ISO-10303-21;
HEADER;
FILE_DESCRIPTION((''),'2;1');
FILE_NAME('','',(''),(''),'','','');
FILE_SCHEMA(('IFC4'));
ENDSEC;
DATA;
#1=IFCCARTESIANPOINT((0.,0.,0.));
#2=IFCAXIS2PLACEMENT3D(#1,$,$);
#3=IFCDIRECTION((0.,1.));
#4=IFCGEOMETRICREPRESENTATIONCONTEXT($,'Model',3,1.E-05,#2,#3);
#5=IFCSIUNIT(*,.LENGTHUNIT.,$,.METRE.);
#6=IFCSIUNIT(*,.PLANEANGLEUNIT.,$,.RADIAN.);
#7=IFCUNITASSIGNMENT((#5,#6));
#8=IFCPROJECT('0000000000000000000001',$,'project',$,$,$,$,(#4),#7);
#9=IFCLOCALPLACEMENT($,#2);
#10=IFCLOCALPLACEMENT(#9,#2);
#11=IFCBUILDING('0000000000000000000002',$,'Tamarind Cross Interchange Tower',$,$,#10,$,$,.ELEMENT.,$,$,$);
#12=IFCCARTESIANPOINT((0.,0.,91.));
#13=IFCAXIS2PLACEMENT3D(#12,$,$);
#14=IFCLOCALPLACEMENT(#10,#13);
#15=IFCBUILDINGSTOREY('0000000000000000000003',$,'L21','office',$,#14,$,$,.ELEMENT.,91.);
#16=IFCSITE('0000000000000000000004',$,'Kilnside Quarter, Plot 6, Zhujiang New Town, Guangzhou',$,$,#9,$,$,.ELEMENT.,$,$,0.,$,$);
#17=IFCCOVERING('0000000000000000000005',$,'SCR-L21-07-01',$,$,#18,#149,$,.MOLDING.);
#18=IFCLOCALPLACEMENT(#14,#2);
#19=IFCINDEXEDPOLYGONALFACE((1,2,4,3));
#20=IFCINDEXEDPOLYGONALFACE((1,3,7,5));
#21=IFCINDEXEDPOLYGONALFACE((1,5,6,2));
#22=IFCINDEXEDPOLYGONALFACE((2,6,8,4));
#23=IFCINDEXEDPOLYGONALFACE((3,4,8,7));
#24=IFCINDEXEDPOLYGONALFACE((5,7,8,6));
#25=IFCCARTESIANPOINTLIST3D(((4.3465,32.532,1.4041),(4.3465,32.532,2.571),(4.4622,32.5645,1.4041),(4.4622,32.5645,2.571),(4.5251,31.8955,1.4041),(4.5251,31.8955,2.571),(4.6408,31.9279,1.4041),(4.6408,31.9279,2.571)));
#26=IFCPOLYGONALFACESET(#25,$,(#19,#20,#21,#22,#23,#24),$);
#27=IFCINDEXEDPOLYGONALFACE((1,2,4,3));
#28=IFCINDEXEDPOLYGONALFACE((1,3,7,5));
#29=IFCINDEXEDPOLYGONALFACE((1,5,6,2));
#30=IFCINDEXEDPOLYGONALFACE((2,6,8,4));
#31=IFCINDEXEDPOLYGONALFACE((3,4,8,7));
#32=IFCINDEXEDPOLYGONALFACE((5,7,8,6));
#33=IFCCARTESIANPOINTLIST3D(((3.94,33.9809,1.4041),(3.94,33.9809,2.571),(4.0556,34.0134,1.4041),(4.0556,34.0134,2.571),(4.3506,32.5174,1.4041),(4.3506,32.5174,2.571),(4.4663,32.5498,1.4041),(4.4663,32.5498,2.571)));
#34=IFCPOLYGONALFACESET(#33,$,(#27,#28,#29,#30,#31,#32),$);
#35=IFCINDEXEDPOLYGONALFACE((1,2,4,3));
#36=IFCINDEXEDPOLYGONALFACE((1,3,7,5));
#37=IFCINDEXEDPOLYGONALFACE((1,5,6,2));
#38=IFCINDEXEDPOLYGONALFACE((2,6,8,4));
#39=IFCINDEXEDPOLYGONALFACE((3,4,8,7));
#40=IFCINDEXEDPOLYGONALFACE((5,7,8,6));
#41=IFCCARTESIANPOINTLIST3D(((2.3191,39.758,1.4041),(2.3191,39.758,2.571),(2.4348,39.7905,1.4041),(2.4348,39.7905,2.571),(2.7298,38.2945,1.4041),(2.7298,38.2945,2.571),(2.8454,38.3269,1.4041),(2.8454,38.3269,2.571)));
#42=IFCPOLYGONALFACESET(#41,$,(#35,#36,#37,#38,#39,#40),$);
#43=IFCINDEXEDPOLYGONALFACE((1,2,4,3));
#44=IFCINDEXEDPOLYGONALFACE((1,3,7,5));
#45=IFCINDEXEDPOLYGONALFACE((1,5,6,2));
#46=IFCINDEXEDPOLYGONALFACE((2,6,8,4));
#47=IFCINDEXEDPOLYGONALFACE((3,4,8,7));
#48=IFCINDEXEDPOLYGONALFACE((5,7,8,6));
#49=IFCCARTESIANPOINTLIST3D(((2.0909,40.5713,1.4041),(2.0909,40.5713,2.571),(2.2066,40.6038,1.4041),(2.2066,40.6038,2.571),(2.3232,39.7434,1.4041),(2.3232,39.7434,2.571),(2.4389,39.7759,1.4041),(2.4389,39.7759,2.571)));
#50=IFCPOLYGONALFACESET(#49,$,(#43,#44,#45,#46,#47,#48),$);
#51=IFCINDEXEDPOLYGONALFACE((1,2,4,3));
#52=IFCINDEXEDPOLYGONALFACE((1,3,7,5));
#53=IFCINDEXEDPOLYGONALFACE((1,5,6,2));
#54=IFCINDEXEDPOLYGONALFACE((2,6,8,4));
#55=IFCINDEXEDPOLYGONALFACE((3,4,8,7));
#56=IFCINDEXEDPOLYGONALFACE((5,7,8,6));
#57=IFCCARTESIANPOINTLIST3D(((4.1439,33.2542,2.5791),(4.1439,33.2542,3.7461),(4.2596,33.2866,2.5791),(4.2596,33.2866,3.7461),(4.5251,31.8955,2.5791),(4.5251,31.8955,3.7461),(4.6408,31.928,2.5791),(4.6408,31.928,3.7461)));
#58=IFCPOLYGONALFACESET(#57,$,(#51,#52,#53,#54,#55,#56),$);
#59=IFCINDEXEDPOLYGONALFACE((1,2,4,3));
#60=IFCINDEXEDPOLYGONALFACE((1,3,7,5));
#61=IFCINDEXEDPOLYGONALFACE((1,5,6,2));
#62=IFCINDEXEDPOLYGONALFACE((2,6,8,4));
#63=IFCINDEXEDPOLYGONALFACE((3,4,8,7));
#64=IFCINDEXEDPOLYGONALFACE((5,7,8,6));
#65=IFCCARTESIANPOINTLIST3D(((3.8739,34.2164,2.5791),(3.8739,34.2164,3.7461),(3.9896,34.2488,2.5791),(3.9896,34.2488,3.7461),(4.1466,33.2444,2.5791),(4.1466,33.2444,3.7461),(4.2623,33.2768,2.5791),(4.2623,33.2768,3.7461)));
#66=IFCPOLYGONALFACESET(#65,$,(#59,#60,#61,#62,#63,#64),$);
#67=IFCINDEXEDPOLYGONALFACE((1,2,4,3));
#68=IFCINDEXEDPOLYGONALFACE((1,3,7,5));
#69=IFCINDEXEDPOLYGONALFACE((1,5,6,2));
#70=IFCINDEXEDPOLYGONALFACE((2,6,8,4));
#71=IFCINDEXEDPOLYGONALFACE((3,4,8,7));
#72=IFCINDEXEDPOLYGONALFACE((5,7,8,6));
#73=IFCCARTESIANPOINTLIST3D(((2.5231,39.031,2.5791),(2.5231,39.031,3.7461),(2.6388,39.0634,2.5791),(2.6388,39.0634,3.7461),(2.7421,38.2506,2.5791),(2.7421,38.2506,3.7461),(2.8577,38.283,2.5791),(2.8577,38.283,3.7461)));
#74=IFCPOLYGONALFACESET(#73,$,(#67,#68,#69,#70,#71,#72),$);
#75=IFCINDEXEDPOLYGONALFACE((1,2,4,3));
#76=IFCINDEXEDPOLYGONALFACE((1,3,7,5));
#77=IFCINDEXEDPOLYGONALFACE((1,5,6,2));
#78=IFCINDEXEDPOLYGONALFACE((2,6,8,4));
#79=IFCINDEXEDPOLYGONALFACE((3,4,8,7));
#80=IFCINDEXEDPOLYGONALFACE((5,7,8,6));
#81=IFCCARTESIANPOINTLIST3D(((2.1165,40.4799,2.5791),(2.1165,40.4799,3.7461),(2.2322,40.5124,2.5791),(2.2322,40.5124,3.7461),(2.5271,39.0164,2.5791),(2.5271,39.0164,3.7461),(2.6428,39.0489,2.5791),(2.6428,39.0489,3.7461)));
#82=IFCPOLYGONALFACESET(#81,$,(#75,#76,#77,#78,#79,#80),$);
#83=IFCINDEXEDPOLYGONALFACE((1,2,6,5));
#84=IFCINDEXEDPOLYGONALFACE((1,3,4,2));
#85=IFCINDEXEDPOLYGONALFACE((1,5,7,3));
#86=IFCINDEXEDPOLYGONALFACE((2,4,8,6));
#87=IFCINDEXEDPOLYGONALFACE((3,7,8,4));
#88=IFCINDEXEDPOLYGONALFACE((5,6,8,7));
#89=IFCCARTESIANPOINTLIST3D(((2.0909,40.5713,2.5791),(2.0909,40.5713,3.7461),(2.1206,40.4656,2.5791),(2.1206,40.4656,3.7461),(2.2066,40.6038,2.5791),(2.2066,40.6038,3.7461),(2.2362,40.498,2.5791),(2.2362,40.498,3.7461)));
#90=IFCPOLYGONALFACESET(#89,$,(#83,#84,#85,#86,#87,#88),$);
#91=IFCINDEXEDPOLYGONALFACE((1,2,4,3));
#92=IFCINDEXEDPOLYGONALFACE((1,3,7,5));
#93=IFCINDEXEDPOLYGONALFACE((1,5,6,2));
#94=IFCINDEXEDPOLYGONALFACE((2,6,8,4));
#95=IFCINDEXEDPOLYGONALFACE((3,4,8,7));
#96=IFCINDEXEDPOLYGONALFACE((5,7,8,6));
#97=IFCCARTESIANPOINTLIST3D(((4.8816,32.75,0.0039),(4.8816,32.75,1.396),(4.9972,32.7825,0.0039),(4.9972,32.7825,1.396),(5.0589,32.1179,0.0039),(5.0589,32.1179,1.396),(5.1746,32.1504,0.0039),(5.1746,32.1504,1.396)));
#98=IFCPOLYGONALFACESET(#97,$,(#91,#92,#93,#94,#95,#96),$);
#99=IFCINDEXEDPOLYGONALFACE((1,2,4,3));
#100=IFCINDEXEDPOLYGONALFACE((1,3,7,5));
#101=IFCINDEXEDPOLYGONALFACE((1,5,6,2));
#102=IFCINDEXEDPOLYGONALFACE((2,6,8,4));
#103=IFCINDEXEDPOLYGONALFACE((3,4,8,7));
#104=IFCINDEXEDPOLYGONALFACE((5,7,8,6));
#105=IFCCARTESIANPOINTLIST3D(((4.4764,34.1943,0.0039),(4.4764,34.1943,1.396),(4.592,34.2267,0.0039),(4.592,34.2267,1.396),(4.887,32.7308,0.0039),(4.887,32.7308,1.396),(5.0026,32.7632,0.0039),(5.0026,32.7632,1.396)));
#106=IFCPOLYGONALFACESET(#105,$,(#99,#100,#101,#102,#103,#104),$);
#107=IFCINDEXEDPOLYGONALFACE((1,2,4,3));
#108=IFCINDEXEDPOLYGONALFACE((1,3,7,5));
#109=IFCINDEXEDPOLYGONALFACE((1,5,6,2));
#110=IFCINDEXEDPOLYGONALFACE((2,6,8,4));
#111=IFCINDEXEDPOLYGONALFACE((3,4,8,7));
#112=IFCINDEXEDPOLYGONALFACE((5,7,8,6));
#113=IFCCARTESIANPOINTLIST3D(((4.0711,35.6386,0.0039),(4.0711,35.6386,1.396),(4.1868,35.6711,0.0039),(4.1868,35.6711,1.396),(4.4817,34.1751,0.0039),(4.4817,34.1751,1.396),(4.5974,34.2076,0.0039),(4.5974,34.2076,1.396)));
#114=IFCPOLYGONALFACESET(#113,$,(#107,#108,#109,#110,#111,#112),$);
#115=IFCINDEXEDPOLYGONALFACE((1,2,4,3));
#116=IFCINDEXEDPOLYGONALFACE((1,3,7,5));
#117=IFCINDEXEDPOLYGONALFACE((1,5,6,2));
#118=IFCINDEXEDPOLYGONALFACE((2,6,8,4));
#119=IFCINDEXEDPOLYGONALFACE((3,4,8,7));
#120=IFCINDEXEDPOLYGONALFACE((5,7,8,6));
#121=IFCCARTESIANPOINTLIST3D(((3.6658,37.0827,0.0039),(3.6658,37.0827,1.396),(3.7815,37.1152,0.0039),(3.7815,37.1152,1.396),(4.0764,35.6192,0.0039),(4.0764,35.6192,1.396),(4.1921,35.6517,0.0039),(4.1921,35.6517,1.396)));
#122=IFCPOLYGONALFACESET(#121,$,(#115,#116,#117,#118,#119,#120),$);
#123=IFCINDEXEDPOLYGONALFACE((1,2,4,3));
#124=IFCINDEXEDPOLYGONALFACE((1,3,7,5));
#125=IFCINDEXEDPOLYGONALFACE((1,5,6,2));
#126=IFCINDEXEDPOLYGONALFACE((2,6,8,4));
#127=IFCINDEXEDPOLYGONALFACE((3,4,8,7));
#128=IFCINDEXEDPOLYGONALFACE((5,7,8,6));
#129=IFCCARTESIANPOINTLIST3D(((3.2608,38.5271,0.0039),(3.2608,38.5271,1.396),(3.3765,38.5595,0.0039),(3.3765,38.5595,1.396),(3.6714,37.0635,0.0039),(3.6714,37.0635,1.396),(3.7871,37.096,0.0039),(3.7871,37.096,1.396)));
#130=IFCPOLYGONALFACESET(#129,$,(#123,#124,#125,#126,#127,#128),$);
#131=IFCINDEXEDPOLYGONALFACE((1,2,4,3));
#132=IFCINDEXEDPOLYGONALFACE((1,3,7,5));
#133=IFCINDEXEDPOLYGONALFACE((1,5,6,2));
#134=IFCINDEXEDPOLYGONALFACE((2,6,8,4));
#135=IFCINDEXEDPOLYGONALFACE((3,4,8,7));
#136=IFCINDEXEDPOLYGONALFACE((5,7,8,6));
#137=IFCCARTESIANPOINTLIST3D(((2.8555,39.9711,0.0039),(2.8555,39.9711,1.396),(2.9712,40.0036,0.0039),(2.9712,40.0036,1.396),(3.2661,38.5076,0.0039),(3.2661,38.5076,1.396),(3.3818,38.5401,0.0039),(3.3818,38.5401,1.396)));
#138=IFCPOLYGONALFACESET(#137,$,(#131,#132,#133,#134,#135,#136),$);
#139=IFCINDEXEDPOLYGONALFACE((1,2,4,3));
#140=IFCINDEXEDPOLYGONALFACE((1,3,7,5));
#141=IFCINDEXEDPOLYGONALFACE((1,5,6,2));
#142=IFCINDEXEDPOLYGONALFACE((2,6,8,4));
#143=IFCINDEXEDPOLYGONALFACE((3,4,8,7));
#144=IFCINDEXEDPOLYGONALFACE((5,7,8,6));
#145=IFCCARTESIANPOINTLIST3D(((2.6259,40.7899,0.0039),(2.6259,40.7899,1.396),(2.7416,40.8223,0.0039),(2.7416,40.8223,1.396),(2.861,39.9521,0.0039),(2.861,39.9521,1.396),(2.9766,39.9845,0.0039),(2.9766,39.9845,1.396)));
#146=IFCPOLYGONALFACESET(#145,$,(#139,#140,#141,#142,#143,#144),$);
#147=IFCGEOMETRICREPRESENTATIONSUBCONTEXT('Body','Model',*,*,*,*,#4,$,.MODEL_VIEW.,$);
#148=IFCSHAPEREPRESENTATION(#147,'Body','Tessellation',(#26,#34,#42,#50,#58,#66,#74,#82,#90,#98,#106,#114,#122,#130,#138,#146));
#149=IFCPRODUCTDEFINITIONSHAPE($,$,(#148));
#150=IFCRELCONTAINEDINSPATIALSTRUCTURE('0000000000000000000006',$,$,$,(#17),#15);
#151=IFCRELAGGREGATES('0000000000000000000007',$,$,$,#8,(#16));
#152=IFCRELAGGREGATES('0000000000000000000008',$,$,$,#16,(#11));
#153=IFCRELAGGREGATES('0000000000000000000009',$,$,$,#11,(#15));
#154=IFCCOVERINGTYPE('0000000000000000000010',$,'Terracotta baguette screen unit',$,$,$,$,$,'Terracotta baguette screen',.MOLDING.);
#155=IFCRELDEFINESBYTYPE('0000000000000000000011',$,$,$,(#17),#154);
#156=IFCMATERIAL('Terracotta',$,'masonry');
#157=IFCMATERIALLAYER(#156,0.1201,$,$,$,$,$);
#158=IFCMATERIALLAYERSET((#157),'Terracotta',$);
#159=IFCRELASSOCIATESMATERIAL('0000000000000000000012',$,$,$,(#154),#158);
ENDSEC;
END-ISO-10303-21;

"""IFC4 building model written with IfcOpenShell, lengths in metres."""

from ifc_helpers import new_model, si_unit, direction, frame, origin, origin_2d, place, context, subcontext, project, spatial, rectangle, extrude, material, layer, layer_set, type_object, element, save


model = new_model("IFC4")

# Units and contexts
model_context = context("Model", 3, precision=1e-05, world=origin(), true_north=direction((0.0, 1.0)))
body_context = subcontext(model_context, "Body", "Model", "MODEL_VIEW")
ifc_project = project(units=[si_unit("LENGTHUNIT", "METRE"), si_unit("PLANEANGLEUNIT", "RADIAN")], contexts=[model_context])

# Site, building, storey
site_placement = place(None, origin())
site = spatial("IfcSite", under=ifc_project, at=site_placement, Name="Kilnside Quarter, Plot 6, Zhujiang New Town, Guangzhou", CompositionType="ELEMENT", RefElevation=0.0)
building_placement = place(site_placement, origin())
building = spatial("IfcBuilding", under=site, at=building_placement, Name="Tamarind Cross Interchange Tower", CompositionType="ELEMENT")
storey_placement = place(building_placement, frame((0.0, 0.0, 91.0)))
storey = spatial("IfcBuildingStorey", under=building, at=storey_placement, Name="L21", Description="office", CompositionType="ELEMENT", Elevation=91.0)

# Covering
ifc_material_1 = material(Name="Terracotta", Category="masonry")
ifc_layer_1 = layer(ifc_material_1, 0.1201)
ifc_layer_set_1 = layer_set([ifc_layer_1], Name="Terracotta")
covering_type = type_object("IfcCoveringType", Name="Terracotta baguette screen unit", ElementType="Terracotta baguette screen", PredefinedType="MOLDING", material=ifc_layer_set_1)
covering_1_placement = place(storey_placement, origin())
element("IfcCovering", 1, at=covering_1_placement, inside=storey, type_object=covering_type, Name="SCR-L21-07-01", PredefinedType="MOLDING", context=body_context, shape_type="SweptSolid", body=[
    extrude(rectangle(XDim=0.6611, YDim=0.1201, at=origin_2d()), frame((4.4937, 32.23, 1.4041), z_axis=(0.0, 0.0, 1.0), x_axis=(-0.27013, 0.962824, 0.0)), (0.0, 0.0, 1.0), 1.167),
    extrude(rectangle(XDim=1.52, YDim=0.1201, at=origin_2d()), frame((4.2031, 33.2654, 1.4041), z_axis=(0.0, 0.0, 1.0), x_axis=(-0.27013, 0.962824, 0.0)), (0.0, 0.0, 1.0), 1.167),
    extrude(rectangle(XDim=1.52, YDim=0.1201, at=origin_2d()), frame((2.5823, 39.0425, 1.4041), z_axis=(0.0, 0.0, 1.0), x_axis=(-0.27013, 0.962824, 0.0)), (0.0, 0.0, 1.0), 1.167),
    extrude(rectangle(XDim=0.8599, YDim=0.1201, at=origin_2d()), frame((2.2649, 40.1736, 1.4041), z_axis=(0.0, 0.0, 1.0), x_axis=(-0.27013, 0.962824, 0.0)), (0.0, 0.0, 1.0), 1.167),
    extrude(rectangle(XDim=1.4111, YDim=0.1201, at=origin_2d()), frame((4.3923, 32.5911, 2.5791), z_axis=(0.0, 0.0, 1.0), x_axis=(-0.27013, 0.962824, 0.0)), (0.0, 0.0, 1.0), 1.167),
    extrude(rectangle(XDim=1.0095, YDim=0.1201, at=origin_2d()), frame((4.0681, 33.7466, 2.5791), z_axis=(0.0, 0.0, 1.0), x_axis=(-0.27013, 0.962824, 0.0)), (0.0, 0.0, 1.0), 1.167),
    extrude(rectangle(XDim=0.8105, YDim=0.1201, at=origin_2d()), frame((2.6904, 38.657, 2.5791), z_axis=(0.0, 0.0, 1.0), x_axis=(-0.27013, 0.962824, 0.0)), (0.0, 0.0, 1.0), 1.167),
    extrude(rectangle(XDim=1.52, YDim=0.1201, at=origin_2d()), frame((2.3796, 39.7644, 2.5791), z_axis=(0.0, 0.0, 1.0), x_axis=(-0.27013, 0.962824, 0.0)), (0.0, 0.0, 1.0), 1.167),
    extrude(rectangle(XDim=0.1099, YDim=0.1201, at=origin_2d()), frame((2.1636, 40.5347, 2.5791), z_axis=(0.0, 0.0, 1.0), x_axis=(-0.27013, 0.962824, 0.0)), (0.0, 0.0, 1.0), 1.167),
    extrude(rectangle(XDim=0.6565, YDim=0.1201, at=origin_2d()), frame((5.0281, 32.4502, 0.0039), z_axis=(0.0, 0.0, 1.0), x_axis=(-0.27013, 0.962824, 0.0)), (0.0, 0.0, 1.0), 1.3921),
    extrude(rectangle(XDim=1.52, YDim=0.1201, at=origin_2d()), frame((4.7395, 33.4788, 0.0039), z_axis=(0.0, 0.0, 1.0), x_axis=(-0.27013, 0.962824, 0.0)), (0.0, 0.0, 1.0), 1.3921),
    extrude(rectangle(XDim=1.52, YDim=0.1201, at=origin_2d()), frame((4.3342, 34.9231, 0.0039), z_axis=(0.0, 0.0, 1.0), x_axis=(-0.27013, 0.962824, 0.0)), (0.0, 0.0, 1.0), 1.3921),
    extrude(rectangle(XDim=1.52, YDim=0.1201, at=origin_2d()), frame((3.929, 36.3672, 0.0039), z_axis=(0.0, 0.0, 1.0), x_axis=(-0.27013, 0.962824, 0.0)), (0.0, 0.0, 1.0), 1.3921),
    extrude(rectangle(XDim=1.52, YDim=0.1201, at=origin_2d()), frame((3.5239, 37.8115, 0.0039), z_axis=(0.0, 0.0, 1.0), x_axis=(-0.27013, 0.962824, 0.0)), (0.0, 0.0, 1.0), 1.3921),
    extrude(rectangle(XDim=1.52, YDim=0.1201, at=origin_2d()), frame((3.1187, 39.2556, 0.0039), z_axis=(0.0, 0.0, 1.0), x_axis=(-0.27013, 0.962824, 0.0)), (0.0, 0.0, 1.0), 1.3921),
    extrude(rectangle(XDim=0.8701, YDim=0.1201, at=origin_2d()), frame((2.8013, 40.3872, 0.0039), z_axis=(0.0, 0.0, 1.0), x_axis=(-0.27013, 0.962824, 0.0)), (0.0, 0.0, 1.0), 1.3921),
])

save(model, "model.ifc")
